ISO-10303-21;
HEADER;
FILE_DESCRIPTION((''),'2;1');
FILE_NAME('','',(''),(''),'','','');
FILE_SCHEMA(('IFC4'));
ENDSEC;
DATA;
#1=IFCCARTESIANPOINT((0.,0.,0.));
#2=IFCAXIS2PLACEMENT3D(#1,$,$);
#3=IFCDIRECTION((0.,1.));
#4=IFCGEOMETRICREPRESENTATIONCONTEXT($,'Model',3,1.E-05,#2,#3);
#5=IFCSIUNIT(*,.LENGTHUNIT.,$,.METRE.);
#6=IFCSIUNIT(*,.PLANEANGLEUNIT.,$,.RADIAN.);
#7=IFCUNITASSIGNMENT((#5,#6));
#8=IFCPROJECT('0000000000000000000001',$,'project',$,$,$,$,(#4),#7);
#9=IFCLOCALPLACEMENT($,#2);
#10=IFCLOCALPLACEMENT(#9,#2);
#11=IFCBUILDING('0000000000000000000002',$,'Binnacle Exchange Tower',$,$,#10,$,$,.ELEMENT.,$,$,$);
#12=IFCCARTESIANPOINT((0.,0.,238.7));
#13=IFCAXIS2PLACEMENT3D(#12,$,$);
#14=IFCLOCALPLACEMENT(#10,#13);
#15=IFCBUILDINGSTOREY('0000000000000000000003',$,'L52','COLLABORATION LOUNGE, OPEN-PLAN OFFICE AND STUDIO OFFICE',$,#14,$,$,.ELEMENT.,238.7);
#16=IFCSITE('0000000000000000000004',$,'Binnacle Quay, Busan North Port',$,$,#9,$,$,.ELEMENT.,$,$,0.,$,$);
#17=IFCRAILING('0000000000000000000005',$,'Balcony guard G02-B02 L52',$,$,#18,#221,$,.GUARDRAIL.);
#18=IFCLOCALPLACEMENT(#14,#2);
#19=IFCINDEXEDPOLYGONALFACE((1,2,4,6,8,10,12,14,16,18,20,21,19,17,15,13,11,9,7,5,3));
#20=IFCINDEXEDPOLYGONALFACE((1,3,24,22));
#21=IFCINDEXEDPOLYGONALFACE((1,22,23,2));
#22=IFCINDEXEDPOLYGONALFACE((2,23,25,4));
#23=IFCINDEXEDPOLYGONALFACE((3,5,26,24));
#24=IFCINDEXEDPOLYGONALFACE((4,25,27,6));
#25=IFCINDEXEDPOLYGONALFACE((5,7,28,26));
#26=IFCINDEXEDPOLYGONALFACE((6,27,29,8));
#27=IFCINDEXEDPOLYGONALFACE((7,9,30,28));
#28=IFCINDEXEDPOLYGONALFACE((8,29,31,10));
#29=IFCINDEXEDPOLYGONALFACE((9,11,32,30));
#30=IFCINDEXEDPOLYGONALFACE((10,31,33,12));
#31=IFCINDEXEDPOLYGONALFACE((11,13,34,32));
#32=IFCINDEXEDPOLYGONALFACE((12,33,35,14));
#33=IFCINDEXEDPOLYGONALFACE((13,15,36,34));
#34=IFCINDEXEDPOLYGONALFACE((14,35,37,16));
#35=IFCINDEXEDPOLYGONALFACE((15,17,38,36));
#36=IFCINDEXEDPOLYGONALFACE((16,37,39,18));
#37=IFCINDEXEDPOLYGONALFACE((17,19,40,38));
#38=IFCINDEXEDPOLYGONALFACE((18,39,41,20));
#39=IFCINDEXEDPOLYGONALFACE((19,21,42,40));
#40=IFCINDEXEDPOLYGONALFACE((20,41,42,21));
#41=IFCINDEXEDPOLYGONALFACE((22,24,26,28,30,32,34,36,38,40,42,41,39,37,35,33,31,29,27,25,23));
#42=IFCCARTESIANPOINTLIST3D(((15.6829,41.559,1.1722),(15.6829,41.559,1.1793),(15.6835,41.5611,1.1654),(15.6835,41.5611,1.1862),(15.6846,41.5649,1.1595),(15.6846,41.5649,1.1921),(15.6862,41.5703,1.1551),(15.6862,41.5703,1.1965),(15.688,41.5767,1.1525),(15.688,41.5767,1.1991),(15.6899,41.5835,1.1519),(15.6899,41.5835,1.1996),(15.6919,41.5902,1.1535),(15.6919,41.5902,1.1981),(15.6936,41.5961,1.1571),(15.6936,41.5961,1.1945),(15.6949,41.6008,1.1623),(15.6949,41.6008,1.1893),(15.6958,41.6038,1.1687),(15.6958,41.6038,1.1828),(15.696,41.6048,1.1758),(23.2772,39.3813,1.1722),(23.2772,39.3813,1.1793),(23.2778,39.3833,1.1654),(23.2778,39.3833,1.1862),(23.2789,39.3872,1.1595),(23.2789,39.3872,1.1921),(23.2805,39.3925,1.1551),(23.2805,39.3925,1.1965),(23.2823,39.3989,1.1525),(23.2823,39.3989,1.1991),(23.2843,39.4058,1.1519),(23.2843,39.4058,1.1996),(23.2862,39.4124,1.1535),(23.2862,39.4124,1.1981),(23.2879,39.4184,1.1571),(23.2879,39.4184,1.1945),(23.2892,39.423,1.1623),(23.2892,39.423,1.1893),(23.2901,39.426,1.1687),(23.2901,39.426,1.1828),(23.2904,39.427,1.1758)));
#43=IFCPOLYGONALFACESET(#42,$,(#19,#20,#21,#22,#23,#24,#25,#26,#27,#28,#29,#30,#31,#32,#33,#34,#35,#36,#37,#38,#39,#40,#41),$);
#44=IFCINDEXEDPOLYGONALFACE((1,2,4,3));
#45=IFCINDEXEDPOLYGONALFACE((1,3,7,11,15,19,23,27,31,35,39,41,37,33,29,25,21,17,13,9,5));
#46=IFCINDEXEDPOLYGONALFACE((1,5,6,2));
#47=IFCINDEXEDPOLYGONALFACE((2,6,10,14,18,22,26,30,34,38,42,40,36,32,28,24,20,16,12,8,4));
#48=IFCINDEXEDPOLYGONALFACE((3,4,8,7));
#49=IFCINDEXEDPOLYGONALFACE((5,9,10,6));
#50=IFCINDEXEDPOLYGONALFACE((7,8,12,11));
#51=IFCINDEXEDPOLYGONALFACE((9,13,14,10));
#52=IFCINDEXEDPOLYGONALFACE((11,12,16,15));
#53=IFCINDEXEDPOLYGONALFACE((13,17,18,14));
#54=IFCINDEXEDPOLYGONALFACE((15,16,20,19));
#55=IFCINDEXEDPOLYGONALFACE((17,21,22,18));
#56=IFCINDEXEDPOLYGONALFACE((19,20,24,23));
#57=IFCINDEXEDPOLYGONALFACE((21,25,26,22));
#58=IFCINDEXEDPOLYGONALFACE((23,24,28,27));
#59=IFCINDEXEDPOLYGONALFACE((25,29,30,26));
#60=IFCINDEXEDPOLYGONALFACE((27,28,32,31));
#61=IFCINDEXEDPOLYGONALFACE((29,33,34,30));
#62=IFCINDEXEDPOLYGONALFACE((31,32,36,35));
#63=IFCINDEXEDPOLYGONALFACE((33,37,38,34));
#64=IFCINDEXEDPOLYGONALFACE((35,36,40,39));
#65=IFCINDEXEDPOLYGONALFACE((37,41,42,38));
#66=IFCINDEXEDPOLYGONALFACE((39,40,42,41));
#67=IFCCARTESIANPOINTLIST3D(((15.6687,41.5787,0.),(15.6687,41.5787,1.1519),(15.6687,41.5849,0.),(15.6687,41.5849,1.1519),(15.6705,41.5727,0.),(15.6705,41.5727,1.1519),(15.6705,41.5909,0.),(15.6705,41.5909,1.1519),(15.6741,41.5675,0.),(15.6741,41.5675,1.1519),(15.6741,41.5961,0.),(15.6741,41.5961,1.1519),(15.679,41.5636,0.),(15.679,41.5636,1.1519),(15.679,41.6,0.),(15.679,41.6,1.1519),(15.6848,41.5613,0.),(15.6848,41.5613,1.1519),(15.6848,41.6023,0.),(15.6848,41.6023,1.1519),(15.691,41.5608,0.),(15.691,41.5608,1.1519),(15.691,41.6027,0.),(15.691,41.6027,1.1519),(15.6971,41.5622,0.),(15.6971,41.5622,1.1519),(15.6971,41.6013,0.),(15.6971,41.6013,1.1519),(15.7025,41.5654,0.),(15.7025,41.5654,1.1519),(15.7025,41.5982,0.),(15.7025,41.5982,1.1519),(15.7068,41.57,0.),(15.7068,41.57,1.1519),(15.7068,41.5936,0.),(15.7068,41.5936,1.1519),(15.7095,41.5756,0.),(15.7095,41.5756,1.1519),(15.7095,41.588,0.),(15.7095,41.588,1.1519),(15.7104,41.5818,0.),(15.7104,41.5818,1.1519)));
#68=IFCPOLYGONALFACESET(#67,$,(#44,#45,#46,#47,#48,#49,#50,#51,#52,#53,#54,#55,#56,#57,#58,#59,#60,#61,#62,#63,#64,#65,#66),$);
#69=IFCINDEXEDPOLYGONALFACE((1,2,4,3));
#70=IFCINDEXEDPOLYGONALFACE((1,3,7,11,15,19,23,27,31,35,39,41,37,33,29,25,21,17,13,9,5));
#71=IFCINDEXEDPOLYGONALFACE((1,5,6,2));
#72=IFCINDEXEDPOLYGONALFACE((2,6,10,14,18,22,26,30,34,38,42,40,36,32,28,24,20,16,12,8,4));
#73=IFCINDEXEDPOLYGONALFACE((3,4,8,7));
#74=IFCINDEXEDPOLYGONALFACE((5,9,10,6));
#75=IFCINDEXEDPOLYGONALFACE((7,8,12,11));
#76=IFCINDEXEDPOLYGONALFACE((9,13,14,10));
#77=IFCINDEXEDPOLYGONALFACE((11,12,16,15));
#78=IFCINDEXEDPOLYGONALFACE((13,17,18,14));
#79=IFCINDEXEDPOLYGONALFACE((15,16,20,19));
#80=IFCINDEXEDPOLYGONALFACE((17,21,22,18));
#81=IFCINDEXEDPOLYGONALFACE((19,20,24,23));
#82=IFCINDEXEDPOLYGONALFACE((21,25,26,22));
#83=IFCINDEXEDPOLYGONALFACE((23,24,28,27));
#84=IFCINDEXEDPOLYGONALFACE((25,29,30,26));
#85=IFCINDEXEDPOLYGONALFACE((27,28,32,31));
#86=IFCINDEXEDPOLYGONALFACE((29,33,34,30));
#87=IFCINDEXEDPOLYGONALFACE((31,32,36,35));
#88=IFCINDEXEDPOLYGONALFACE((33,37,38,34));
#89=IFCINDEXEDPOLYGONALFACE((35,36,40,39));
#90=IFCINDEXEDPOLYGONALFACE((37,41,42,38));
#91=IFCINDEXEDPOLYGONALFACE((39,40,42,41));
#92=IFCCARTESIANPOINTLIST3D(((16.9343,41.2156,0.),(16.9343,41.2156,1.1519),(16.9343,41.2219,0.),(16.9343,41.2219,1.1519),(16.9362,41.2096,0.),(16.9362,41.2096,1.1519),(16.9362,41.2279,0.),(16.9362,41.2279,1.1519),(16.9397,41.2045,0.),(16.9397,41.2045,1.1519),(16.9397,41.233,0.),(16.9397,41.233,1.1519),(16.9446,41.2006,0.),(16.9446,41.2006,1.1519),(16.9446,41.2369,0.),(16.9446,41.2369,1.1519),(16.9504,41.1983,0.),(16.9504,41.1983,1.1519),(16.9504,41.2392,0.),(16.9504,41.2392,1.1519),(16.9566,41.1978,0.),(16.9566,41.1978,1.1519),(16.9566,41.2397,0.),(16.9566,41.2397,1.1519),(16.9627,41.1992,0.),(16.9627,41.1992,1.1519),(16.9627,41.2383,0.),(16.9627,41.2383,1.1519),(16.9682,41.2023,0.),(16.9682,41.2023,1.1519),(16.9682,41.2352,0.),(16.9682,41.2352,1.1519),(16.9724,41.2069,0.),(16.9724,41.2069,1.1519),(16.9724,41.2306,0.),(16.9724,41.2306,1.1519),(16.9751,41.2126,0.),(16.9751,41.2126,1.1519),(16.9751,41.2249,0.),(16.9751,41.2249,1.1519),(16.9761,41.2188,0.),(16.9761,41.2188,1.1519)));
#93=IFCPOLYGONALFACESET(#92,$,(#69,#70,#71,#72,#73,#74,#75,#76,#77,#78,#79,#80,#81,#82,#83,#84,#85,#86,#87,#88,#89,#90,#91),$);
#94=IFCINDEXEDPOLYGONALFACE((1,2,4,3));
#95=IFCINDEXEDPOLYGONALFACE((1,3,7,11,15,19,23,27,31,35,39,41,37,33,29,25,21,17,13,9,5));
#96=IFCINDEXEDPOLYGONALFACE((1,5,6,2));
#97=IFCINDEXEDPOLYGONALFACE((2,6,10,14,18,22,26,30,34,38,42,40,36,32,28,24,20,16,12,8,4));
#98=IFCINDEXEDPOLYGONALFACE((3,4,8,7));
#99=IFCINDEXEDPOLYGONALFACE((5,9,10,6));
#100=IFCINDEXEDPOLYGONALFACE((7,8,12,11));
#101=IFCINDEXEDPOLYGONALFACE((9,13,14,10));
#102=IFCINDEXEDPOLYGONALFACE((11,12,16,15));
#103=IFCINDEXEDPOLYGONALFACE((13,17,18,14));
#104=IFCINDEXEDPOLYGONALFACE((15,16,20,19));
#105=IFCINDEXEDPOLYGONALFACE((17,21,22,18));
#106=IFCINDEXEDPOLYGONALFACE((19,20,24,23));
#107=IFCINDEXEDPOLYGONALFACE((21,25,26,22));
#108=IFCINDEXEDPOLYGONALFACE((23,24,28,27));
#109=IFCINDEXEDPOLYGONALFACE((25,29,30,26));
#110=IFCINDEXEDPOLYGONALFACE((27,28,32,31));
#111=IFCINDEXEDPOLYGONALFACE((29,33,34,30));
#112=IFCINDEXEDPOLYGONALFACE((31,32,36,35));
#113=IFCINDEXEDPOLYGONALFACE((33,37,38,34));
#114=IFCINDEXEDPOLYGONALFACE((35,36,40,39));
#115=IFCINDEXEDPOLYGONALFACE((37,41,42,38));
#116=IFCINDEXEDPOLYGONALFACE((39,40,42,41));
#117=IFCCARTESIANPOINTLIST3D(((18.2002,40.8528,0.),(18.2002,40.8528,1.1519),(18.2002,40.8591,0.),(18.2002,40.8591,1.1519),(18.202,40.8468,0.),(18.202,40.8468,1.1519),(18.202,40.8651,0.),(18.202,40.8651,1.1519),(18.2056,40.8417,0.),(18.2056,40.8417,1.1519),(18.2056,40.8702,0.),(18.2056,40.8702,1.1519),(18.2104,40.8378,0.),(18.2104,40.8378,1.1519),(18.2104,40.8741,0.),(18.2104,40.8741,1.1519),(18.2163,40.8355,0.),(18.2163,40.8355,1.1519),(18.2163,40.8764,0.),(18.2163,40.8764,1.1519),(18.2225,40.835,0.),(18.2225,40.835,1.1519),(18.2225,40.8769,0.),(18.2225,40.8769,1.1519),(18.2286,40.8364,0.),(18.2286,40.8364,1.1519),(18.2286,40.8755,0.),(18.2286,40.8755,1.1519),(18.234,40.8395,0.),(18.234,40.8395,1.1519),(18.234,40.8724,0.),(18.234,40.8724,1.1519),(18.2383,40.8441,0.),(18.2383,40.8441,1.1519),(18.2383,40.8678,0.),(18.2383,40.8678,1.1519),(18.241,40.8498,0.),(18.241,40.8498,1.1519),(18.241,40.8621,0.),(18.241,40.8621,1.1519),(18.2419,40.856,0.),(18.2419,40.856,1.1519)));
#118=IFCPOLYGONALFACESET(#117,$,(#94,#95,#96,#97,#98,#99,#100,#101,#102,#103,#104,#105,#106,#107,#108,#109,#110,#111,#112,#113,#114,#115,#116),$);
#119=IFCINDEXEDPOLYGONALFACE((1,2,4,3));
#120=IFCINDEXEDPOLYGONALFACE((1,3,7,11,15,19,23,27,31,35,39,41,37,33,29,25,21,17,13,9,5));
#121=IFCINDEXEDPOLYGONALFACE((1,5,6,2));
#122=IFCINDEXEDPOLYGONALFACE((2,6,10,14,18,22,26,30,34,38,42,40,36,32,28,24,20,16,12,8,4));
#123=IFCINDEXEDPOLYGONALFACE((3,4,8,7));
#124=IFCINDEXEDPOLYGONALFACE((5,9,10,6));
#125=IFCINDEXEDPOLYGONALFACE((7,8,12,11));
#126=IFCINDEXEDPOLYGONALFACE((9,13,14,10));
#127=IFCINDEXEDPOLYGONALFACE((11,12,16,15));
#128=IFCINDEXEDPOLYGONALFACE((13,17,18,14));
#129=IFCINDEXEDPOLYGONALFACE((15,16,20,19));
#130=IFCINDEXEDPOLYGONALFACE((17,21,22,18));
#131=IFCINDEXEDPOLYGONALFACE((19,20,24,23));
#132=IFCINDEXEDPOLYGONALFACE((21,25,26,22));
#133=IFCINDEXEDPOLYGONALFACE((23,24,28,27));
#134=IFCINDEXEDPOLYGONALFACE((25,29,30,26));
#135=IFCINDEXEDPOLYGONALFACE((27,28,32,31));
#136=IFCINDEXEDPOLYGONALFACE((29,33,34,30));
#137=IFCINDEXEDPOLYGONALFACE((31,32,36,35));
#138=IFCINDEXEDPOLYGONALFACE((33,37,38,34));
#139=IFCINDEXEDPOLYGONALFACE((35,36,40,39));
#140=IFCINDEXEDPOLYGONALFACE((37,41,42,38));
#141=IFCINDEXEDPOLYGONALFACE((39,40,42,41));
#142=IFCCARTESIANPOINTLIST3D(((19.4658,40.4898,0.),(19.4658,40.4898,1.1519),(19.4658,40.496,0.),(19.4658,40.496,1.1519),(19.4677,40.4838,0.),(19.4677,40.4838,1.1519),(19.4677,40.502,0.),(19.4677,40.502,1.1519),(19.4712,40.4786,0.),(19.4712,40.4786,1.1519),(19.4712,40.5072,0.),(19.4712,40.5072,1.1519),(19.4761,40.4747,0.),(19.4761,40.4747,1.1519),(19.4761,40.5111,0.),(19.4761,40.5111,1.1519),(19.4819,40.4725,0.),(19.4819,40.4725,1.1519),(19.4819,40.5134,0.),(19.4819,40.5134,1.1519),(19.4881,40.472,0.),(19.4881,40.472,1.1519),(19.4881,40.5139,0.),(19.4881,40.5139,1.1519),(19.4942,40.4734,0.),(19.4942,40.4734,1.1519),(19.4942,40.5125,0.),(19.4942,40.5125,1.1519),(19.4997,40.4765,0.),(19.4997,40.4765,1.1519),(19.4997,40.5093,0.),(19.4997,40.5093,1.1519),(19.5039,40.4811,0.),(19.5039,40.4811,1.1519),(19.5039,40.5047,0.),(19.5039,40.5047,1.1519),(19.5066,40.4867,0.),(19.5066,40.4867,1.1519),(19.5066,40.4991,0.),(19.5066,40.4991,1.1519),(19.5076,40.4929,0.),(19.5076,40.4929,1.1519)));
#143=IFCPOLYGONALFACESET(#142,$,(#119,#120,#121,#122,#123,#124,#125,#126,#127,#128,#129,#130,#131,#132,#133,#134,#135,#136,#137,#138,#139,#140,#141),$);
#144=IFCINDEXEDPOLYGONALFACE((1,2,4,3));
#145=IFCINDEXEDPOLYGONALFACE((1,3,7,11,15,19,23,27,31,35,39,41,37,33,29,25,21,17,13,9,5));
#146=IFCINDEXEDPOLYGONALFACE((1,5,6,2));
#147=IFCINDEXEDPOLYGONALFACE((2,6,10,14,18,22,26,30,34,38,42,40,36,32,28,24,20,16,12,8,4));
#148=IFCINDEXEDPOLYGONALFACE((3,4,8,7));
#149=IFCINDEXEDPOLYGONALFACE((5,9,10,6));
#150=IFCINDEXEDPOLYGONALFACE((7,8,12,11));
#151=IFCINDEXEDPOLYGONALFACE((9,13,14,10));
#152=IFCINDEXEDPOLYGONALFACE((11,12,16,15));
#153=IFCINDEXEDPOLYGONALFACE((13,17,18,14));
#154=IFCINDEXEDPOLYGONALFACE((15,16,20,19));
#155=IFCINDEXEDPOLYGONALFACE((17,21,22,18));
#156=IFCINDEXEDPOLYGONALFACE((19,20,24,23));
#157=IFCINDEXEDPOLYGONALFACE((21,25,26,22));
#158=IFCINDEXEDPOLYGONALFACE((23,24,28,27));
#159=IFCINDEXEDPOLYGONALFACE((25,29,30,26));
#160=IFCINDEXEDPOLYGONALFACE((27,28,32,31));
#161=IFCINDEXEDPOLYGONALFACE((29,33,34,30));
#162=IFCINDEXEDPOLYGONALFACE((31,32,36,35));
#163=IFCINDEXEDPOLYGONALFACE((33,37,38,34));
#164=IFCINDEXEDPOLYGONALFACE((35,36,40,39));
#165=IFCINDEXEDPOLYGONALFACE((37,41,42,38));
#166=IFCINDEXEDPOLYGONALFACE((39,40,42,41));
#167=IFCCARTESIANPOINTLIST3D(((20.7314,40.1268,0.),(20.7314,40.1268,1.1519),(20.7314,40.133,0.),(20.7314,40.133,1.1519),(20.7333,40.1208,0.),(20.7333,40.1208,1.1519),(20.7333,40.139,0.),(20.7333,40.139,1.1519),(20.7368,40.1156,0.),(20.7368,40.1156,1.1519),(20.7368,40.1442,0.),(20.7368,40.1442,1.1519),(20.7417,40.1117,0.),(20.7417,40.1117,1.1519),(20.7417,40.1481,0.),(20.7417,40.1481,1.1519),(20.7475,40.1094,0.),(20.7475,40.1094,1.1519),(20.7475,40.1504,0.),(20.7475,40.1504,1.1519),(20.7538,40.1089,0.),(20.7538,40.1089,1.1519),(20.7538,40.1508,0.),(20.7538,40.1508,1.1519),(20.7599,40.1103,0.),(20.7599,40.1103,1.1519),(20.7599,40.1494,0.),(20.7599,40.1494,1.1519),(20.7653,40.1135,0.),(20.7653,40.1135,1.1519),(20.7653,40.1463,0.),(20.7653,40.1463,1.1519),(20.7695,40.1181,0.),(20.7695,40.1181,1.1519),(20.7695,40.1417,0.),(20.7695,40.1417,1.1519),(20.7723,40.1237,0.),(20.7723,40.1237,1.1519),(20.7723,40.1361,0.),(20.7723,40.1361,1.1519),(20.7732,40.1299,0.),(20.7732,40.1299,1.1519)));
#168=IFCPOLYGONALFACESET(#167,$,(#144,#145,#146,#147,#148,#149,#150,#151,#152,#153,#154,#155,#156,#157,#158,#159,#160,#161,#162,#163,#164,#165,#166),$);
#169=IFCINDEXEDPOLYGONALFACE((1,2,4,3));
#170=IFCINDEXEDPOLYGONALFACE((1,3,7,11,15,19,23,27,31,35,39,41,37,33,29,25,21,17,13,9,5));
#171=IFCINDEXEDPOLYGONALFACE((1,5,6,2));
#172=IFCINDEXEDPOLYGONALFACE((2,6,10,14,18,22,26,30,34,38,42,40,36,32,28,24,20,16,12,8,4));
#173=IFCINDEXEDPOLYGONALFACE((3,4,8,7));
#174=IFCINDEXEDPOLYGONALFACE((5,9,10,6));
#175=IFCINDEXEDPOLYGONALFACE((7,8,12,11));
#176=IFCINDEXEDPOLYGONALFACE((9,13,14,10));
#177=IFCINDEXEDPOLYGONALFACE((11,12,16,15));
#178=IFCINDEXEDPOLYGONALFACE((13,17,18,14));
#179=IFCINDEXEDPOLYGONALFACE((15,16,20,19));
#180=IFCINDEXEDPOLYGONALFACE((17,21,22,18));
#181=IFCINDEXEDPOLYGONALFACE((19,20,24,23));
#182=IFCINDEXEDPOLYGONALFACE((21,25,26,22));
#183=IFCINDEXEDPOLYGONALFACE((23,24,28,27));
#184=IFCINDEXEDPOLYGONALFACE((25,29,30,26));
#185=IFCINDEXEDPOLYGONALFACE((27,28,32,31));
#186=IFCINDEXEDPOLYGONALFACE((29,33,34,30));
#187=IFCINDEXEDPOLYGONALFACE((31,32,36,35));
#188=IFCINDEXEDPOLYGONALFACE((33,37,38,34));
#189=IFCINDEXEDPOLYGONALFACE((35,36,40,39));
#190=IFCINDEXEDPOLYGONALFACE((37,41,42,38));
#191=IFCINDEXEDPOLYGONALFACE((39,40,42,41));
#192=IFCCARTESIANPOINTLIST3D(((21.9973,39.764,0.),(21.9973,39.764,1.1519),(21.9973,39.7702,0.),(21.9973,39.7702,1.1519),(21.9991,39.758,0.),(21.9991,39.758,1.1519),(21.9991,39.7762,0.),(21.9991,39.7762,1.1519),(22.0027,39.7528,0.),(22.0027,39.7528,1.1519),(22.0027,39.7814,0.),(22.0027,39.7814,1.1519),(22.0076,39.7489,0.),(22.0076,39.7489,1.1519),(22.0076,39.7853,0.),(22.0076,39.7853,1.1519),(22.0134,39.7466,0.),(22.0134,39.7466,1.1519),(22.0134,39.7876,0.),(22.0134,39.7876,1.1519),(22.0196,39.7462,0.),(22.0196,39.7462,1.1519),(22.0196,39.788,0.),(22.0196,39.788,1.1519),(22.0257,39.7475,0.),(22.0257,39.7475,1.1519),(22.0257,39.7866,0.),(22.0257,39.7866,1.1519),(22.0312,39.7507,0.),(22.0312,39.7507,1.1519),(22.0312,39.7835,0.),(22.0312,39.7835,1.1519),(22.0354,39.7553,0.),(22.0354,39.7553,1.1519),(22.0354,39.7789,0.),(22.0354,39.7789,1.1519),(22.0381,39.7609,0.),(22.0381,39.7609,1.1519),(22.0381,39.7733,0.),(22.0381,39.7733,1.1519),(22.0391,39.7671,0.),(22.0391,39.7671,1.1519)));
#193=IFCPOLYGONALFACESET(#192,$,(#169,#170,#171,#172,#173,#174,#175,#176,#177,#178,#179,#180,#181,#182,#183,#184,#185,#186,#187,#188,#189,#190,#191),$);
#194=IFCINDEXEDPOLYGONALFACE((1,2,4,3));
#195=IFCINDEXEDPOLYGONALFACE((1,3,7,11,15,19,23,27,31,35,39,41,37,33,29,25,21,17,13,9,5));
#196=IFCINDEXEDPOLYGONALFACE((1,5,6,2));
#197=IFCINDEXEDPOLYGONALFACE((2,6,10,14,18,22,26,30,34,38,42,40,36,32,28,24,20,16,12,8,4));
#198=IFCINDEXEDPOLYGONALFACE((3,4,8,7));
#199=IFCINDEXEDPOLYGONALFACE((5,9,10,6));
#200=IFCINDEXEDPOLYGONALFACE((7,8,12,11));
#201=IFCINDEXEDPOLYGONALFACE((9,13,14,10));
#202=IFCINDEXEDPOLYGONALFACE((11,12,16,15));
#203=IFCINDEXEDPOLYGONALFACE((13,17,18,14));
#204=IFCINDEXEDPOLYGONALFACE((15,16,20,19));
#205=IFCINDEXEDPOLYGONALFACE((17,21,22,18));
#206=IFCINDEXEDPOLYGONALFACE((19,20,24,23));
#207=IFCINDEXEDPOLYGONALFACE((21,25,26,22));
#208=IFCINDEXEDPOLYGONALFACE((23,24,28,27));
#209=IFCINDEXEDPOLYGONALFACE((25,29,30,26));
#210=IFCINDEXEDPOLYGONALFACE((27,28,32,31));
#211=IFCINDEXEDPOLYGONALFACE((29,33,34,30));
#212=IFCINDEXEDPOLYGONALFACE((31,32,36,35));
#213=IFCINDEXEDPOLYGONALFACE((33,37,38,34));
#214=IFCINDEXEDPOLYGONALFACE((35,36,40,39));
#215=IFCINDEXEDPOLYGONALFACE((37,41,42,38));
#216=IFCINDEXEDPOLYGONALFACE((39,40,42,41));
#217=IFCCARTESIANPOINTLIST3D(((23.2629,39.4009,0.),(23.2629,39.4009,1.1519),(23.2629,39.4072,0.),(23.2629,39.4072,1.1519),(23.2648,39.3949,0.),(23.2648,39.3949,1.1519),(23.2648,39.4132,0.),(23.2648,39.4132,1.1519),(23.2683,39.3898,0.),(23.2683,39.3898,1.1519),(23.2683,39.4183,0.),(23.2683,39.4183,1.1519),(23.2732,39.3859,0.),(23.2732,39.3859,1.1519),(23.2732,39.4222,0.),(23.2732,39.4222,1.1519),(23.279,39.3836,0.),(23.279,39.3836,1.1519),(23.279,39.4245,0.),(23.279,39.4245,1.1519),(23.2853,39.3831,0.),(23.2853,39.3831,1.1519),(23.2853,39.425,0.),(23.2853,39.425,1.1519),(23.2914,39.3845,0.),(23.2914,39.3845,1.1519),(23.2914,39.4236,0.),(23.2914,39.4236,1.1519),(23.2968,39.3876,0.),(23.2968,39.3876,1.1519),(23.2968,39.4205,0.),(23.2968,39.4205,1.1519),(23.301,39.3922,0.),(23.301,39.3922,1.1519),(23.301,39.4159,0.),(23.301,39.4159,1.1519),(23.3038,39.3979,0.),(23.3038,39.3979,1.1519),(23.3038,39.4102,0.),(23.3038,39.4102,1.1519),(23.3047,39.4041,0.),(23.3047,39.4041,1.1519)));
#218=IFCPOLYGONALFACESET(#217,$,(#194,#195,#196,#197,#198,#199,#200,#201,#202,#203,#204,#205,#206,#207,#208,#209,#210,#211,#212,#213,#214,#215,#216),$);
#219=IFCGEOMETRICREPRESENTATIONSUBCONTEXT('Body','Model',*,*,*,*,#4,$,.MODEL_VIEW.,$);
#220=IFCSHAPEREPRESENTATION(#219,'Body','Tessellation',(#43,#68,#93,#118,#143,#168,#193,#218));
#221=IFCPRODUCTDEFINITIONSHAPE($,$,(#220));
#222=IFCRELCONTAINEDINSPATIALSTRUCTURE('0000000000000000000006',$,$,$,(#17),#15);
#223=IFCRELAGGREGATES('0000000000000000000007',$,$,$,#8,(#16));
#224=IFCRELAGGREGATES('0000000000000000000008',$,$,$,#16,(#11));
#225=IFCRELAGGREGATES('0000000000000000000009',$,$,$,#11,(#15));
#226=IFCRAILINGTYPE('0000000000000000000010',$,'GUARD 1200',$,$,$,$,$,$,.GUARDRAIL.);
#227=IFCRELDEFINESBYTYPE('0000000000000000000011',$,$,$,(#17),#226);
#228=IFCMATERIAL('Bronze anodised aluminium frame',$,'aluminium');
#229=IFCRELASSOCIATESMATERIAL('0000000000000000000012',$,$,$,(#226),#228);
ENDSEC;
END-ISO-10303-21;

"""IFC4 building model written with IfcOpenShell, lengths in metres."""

from ifc_helpers import new_model, si_unit, direction, frame, origin, origin_2d, place, context, subcontext, project, spatial, circle, extrude, material, type_object, element, save


model = new_model("IFC4")

# Units and contexts
model_context = context("Model", 3, precision=1e-05, world=origin(), true_north=direction((0.0, 1.0)))
body_context = subcontext(model_context, "Body", "Model", "MODEL_VIEW")
ifc_project = project(units=[si_unit("LENGTHUNIT", "METRE"), si_unit("PLANEANGLEUNIT", "RADIAN")], contexts=[model_context])

# Site, building, storey
site_placement = place(None, origin())
site = spatial("IfcSite", under=ifc_project, at=site_placement, Name="Binnacle Quay, Busan North Port", CompositionType="ELEMENT", RefElevation=0.0)
building_placement = place(site_placement, origin())
building = spatial("IfcBuilding", under=site, at=building_placement, Name="Binnacle Exchange Tower", CompositionType="ELEMENT")
storey_placement = place(building_placement, frame((0.0, 0.0, 238.7)))
storey = spatial("IfcBuildingStorey", under=building, at=storey_placement, Name="L52", Description="COLLABORATION LOUNGE, OPEN-PLAN OFFICE AND STUDIO OFFICE", CompositionType="ELEMENT", Elevation=238.7)

# Shared definitions
ifc_material_1 = material(Name="Bronze anodised aluminium frame", Category="aluminium")

# Railing
railing_type = type_object("IfcRailingType", Name="GUARD 1200", PredefinedType="GUARDRAIL", material=ifc_material_1)
railing_1_placement = place(storey_placement, frame((15.6895, 41.5818, 0.0)))
element("IfcRailing", 1, at=railing_1_placement, inside=storey, type_object=railing_type, Name="Balcony guard G02-B02 L52", PredefinedType="GUARDRAIL", context=body_context, shape_type="SweptSolid", body=[
    extrude(circle(Radius=0.0239, at=origin_2d()), frame((0.0, 0.0, 1.1758), z_axis=(0.961258, -0.275652, 0.0), x_axis=(0.275652, 0.961258, 0.0)), (0.0, 0.0, 1.0), 7.9004),
    extrude(circle(Radius=0.021, at=origin_2d()), origin(), (0.0, 0.0, 1.0), 1.1519),
    extrude(circle(Radius=0.021, at=origin_2d()), frame((1.2656, -0.363, 0.0)), (0.0, 0.0, 1.0), 1.1519),
    extrude(circle(Radius=0.021, at=origin_2d()), frame((2.5315, -0.7258, 0.0)), (0.0, 0.0, 1.0), 1.1519),
    extrude(circle(Radius=0.021, at=origin_2d()), frame((3.7971, -1.0889, 0.0)), (0.0, 0.0, 1.0), 1.1519),
    extrude(circle(Radius=0.021, at=origin_2d()), frame((5.0627, -1.4519, 0.0)), (0.0, 0.0, 1.0), 1.1519),
    extrude(circle(Radius=0.021, at=origin_2d()), frame((6.3286, -1.8147, 0.0)), (0.0, 0.0, 1.0), 1.1519),
    extrude(circle(Radius=0.021, at=origin_2d()), frame((7.5942, -2.1777, 0.0)), (0.0, 0.0, 1.0), 1.1519),
])

save(model, "model.ifc")
